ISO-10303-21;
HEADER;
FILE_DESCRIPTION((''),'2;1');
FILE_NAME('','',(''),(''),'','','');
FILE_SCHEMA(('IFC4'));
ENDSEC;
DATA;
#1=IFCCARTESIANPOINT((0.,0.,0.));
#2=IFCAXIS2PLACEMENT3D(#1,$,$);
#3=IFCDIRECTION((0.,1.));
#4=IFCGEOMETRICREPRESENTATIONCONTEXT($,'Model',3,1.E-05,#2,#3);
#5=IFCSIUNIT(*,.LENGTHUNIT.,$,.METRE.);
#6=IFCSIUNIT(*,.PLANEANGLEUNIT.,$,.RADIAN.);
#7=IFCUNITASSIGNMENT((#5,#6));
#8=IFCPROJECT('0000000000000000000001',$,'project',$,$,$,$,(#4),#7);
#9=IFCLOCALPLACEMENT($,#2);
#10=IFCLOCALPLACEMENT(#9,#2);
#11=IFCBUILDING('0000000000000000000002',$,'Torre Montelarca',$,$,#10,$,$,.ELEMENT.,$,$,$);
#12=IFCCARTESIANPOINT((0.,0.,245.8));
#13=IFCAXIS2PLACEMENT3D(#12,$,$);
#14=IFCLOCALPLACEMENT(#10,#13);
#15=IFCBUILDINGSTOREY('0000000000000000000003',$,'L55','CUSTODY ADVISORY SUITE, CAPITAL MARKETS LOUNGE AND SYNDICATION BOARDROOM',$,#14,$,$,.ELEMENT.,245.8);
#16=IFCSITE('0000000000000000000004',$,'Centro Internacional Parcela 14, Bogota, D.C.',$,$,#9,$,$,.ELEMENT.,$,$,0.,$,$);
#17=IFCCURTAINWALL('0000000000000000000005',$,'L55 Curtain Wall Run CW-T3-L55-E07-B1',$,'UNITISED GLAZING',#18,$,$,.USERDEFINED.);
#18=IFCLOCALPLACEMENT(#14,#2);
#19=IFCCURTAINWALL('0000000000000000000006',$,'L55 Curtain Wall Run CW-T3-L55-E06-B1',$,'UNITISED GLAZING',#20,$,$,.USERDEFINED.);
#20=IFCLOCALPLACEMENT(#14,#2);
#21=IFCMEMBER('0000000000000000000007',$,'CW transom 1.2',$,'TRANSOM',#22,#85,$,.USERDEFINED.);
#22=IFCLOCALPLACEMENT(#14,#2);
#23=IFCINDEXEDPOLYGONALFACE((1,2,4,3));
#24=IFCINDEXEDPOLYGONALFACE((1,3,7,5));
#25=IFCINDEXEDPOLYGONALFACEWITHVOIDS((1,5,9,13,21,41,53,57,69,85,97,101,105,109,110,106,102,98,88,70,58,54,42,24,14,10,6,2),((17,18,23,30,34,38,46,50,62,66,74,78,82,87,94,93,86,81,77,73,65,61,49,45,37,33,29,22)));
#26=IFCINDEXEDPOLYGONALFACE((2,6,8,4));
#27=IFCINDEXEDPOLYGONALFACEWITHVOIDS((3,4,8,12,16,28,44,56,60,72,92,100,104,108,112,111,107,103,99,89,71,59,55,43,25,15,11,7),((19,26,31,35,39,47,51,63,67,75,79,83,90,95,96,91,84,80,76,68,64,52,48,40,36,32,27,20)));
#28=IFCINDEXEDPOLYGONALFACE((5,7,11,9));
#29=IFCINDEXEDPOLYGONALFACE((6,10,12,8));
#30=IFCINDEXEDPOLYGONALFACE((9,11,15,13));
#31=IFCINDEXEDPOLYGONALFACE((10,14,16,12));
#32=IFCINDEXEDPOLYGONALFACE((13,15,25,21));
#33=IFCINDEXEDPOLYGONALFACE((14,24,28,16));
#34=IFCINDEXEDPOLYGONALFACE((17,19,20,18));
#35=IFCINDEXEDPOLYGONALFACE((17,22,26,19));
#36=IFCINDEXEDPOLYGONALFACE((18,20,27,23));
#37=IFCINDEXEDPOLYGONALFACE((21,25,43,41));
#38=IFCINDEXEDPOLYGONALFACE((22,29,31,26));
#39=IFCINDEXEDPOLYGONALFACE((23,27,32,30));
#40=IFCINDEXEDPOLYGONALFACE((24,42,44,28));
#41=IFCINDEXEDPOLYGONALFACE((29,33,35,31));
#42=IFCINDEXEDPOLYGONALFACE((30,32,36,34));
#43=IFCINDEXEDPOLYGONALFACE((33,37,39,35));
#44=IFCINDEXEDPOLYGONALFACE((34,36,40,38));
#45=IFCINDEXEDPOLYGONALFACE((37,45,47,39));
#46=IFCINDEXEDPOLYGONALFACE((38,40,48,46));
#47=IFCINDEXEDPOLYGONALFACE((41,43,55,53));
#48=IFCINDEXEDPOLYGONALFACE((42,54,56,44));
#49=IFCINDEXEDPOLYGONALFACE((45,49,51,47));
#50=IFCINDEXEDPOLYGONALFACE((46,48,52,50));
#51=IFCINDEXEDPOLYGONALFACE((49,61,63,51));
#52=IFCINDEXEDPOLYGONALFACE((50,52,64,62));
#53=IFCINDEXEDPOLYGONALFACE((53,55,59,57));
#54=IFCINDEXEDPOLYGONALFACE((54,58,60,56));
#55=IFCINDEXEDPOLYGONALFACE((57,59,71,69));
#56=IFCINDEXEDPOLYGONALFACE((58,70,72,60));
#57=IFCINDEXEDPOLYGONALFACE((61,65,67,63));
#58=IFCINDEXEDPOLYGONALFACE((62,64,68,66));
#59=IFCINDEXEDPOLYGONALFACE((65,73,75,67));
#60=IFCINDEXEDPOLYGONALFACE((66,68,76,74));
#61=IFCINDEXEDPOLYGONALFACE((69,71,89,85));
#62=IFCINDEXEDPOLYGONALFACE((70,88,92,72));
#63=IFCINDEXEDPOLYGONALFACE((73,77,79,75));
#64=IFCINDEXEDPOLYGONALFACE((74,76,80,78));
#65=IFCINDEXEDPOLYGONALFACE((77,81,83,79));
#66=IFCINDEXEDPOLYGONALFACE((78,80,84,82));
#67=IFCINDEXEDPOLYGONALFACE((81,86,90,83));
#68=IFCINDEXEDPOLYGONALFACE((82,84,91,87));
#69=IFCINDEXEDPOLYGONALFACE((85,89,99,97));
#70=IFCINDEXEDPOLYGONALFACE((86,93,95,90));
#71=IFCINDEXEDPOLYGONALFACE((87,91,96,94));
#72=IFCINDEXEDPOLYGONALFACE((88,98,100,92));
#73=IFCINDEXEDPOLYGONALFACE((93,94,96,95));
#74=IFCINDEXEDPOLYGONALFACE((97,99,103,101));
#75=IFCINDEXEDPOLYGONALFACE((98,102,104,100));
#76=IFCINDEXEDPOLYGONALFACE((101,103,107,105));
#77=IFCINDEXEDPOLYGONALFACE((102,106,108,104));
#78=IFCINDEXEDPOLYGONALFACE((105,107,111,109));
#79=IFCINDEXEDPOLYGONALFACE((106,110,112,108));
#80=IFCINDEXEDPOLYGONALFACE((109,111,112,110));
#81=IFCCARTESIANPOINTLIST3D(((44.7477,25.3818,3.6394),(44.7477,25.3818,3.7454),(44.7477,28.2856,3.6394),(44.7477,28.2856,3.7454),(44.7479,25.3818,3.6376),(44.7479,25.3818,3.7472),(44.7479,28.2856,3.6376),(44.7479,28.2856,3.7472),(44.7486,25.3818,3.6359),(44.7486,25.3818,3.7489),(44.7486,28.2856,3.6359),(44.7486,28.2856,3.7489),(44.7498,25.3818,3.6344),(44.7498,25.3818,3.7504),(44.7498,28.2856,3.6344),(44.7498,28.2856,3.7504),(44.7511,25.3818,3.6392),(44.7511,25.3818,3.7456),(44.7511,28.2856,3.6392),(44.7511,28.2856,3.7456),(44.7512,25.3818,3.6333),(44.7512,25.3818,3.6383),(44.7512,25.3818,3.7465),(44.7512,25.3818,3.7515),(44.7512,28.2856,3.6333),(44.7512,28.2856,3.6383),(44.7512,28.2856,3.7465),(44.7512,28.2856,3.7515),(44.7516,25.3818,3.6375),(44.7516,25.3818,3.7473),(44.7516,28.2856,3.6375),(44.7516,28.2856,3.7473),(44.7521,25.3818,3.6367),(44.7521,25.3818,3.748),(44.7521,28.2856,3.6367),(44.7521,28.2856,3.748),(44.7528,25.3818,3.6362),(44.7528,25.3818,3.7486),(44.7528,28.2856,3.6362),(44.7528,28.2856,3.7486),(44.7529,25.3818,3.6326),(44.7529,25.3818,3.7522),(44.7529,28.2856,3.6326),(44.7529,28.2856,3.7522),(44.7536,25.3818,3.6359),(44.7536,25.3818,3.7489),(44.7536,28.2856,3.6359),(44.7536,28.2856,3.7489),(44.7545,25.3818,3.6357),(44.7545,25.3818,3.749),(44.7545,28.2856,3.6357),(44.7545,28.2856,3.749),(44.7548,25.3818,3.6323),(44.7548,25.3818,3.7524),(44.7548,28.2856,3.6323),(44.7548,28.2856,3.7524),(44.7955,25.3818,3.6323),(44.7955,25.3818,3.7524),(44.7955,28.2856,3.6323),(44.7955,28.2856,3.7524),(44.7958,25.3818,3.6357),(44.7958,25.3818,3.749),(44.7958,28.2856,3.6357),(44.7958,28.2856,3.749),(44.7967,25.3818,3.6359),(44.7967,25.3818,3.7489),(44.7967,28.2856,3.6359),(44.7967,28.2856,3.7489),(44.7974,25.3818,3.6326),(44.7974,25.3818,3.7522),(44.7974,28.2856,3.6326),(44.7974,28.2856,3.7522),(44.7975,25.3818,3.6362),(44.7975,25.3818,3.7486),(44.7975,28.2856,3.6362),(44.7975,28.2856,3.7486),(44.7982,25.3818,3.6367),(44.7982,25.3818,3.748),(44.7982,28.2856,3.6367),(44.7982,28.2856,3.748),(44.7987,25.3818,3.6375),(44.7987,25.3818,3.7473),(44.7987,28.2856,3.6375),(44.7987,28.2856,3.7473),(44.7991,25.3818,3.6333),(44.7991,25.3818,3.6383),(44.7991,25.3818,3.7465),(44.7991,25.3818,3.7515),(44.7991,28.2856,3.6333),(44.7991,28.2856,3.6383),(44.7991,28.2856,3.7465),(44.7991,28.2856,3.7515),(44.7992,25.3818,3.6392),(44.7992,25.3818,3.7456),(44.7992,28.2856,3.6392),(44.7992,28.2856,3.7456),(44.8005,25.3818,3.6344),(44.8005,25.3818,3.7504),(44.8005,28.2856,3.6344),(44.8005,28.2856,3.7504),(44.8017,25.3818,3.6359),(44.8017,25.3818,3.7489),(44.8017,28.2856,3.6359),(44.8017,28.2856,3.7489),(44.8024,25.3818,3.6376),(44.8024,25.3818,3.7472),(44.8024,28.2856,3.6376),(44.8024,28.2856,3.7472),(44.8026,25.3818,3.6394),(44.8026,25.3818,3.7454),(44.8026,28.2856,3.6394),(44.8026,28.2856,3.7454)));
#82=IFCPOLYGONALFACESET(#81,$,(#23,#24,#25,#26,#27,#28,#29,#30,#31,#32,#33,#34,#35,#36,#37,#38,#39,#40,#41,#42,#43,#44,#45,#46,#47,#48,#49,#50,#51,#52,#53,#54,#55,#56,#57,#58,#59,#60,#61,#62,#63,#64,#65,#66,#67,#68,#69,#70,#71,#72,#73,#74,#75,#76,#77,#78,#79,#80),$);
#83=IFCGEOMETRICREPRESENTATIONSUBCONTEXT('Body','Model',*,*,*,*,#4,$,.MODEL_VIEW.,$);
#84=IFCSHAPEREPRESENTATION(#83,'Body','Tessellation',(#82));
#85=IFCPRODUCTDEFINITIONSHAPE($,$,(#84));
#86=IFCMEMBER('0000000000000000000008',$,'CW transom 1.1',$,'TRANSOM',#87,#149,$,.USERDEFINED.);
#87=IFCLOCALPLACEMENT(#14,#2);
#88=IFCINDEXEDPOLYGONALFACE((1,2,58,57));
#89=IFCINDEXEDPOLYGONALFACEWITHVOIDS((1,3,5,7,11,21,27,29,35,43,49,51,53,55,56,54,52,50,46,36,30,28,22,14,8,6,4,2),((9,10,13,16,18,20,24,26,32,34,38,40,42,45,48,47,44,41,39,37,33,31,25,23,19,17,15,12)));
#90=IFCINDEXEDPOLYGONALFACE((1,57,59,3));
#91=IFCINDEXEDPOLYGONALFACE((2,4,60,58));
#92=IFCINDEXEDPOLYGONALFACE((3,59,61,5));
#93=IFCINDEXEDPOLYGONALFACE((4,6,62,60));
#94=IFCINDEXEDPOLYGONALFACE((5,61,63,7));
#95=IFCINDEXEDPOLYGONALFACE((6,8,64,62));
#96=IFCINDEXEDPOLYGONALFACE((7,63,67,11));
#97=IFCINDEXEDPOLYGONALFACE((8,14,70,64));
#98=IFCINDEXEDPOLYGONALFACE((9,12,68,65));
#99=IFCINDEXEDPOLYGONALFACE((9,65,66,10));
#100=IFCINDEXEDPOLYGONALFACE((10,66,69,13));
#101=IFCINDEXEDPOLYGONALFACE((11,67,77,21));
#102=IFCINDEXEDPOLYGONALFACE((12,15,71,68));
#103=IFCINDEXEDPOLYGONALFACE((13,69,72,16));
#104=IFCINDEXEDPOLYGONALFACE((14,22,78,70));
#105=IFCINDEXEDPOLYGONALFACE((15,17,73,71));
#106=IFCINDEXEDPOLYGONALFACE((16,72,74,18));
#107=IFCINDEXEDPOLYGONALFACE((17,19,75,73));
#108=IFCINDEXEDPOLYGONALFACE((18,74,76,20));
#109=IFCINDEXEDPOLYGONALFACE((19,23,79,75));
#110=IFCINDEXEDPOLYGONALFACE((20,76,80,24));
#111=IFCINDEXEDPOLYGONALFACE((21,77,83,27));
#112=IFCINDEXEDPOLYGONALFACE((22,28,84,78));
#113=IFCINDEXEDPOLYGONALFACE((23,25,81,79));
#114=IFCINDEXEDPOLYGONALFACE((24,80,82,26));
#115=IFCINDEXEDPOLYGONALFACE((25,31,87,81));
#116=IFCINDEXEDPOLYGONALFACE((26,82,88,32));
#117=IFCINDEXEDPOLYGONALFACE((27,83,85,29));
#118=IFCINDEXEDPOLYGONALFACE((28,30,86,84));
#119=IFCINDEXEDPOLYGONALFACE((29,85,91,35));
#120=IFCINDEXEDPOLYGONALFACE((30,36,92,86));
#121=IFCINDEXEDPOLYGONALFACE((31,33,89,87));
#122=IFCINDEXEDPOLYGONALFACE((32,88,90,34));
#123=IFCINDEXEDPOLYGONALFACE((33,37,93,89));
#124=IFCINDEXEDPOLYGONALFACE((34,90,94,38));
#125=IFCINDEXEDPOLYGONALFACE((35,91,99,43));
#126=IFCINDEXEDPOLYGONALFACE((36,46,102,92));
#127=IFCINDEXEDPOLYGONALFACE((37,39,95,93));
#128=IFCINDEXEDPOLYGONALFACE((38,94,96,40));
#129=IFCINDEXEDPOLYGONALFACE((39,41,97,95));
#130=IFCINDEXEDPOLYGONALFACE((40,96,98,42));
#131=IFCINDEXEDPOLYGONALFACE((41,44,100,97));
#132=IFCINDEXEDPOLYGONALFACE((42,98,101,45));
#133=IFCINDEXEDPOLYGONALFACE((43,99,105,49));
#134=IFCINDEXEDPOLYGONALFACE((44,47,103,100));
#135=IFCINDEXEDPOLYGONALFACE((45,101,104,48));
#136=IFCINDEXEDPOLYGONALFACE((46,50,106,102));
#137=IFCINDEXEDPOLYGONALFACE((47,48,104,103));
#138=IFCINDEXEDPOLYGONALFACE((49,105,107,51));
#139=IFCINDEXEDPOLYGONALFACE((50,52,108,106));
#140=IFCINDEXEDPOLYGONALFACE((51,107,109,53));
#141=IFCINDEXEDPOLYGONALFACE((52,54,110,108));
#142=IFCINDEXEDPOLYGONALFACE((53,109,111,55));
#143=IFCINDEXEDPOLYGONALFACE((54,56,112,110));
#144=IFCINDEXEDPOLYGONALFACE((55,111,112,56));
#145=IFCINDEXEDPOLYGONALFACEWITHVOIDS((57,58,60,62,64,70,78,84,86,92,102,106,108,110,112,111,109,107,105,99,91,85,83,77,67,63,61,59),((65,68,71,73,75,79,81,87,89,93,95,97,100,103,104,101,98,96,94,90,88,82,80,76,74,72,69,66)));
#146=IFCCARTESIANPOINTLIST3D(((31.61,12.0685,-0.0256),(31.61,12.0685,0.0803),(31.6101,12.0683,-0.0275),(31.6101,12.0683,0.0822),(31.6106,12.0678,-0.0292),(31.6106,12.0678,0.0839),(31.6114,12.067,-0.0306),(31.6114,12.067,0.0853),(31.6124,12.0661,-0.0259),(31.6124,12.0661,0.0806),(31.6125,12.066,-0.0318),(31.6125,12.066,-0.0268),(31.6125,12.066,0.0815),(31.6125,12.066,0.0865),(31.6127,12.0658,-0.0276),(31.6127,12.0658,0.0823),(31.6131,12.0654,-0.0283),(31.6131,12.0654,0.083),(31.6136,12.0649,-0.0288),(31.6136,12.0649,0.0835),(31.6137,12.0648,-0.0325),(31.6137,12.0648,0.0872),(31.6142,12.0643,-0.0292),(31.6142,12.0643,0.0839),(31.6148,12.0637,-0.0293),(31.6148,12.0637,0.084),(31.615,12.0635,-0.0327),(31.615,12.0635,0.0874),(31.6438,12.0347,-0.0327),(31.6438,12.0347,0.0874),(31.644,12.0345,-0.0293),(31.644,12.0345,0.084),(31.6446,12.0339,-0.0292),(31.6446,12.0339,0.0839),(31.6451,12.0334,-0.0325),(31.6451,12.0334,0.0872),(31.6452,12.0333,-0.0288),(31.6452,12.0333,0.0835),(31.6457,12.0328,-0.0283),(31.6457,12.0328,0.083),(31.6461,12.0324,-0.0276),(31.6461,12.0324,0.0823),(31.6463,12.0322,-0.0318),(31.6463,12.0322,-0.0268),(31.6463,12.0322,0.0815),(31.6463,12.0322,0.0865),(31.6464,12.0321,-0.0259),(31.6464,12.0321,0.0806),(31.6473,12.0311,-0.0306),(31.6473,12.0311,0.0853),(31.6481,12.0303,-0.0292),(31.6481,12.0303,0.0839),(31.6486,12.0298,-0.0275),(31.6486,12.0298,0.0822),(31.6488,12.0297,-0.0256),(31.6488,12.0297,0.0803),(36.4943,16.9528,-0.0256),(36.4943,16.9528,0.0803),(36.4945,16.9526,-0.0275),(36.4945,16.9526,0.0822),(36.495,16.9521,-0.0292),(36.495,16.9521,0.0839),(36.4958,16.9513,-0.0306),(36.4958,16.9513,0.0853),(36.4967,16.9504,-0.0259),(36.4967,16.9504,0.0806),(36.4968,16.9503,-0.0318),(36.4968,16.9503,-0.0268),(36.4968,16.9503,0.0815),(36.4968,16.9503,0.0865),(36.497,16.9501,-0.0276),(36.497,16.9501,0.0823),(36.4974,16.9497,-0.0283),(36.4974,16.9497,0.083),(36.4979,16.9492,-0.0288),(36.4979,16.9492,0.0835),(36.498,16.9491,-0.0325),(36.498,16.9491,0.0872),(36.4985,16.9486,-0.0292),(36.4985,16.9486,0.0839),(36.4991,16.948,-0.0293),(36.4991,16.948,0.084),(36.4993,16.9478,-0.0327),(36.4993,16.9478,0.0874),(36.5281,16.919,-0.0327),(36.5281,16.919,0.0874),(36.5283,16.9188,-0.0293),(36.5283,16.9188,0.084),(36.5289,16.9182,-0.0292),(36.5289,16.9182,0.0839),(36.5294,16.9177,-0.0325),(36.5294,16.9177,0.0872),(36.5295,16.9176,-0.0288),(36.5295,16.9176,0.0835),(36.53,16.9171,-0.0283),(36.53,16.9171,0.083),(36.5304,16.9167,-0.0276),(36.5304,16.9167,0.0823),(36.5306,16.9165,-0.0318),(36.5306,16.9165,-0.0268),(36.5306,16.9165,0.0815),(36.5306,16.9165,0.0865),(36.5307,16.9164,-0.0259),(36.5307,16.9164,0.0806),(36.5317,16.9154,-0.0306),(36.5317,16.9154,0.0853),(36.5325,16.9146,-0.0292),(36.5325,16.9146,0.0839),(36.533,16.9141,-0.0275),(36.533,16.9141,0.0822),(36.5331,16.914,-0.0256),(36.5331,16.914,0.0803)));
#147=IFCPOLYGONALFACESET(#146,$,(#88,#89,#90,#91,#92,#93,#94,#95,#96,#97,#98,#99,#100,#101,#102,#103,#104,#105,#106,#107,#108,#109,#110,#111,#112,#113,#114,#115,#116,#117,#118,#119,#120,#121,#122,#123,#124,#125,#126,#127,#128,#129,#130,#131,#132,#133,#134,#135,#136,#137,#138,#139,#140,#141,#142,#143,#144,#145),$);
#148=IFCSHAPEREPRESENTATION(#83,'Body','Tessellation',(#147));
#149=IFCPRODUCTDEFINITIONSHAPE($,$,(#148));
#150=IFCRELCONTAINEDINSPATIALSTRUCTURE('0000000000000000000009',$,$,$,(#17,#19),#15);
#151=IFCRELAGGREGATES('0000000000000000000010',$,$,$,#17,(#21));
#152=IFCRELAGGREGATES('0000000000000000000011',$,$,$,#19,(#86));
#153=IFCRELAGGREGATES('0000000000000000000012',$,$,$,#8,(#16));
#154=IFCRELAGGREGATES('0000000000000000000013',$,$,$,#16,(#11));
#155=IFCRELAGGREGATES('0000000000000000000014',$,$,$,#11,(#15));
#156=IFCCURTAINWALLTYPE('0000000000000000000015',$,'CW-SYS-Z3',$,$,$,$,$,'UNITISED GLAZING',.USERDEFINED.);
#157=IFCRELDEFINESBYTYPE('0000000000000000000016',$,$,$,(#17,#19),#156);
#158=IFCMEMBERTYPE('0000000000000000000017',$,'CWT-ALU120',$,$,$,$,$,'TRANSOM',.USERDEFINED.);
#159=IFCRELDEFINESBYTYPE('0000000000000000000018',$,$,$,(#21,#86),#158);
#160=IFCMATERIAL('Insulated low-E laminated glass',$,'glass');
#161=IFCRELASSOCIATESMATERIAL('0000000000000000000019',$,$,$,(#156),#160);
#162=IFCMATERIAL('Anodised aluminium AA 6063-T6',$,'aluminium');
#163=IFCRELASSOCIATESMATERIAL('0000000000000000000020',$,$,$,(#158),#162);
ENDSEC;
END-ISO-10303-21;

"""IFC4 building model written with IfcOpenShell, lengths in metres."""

from ifc_helpers import new_model, si_unit, direction, frame, origin, origin_2d, place, context, subcontext, project, spatial, hollow_rectangle, extrude, source, transform, mapped, material, material_profile, profile_set, type_object, element, aggregate, save


model = new_model("IFC4")

# Units and contexts
model_context = context("Model", 3, precision=1e-05, world=origin(), true_north=direction((0.0, 1.0)))
body_context = subcontext(model_context, "Body", "Model", "MODEL_VIEW")
ifc_project = project(units=[si_unit("LENGTHUNIT", "METRE"), si_unit("PLANEANGLEUNIT", "RADIAN")], contexts=[model_context])

# Site, building, storey
site_placement = place(None, origin())
site = spatial("IfcSite", under=ifc_project, at=site_placement, Name="Centro Internacional Parcela 14, Bogota, D.C.", CompositionType="ELEMENT", RefElevation=0.0)
building_placement = place(site_placement, origin())
building = spatial("IfcBuilding", under=site, at=building_placement, Name="Torre Montelarca", CompositionType="ELEMENT")
storey_placement = place(building_placement, frame((0.0, 0.0, 245.8)))
storey = spatial("IfcBuildingStorey", under=building, at=storey_placement, Name="L55", Description="CUSTODY ADVISORY SUITE, CAPITAL MARKETS LOUNGE AND SYNDICATION BOARDROOM", CompositionType="ELEMENT", Elevation=245.8)

# Curtain walls
ifc_material_1 = material(Name="Insulated low-E laminated glass", Category="glass")
curtain_wall_type = type_object("IfcCurtainWallType", Name="CW-SYS-Z3", ElementType="UNITISED GLAZING", PredefinedType="USERDEFINED", material=ifc_material_1)
curtain_wall_1_placement = place(storey_placement, origin())
curtain_wall_1 = element("IfcCurtainWall", 1, at=curtain_wall_1_placement, inside=storey, type_object=curtain_wall_type, Name="L55 Curtain Wall Run CW-T3-L55-E07-B1", ObjectType="UNITISED GLAZING", PredefinedType="USERDEFINED")
ifc_material_2 = material(Name="Anodised aluminium AA 6063-T6", Category="aluminium")
ifc_material_profile_1 = material_profile(ifc_material_2, hollow_rectangle(XDim=0.0549, YDim=0.1201, WallThickness=0.0034, InnerFilletRadius=0.0034, OuterFilletRadius=0.0071, at=origin_2d()), Name="ALU55X120X3.5", Category="aluminium")
ifc_profile_set_1 = profile_set([ifc_material_profile_1], Name="Anodised aluminium AA 6063-T6")
member_type_1 = type_object("IfcMemberType", Name="CWT-ALU120", ElementType="TRANSOM", PredefinedType="USERDEFINED", material=ifc_profile_set_1)
curtain_wall_2_placement = place(storey_placement, origin())
curtain_wall_2 = element("IfcCurtainWall", 2, at=curtain_wall_2_placement, inside=storey, type_object=curtain_wall_type, Name="L55 Curtain Wall Run CW-T3-L55-E06-B1", ObjectType="UNITISED GLAZING", PredefinedType="USERDEFINED")

# Members
shared_shape_1 = source(origin(), body_context, "Body", "SweptSolid", [
    extrude(hollow_rectangle(XDim=0.0549, YDim=0.1201, WallThickness=0.0034, InnerFilletRadius=0.0034, OuterFilletRadius=0.0071, at=origin_2d()), origin(), (0.0, 0.0, 1.0), 2.9038),
])
member_1_placement = place(storey_placement, frame((44.7751, 25.3818, 3.6924), z_axis=(0.0, 1.0, 0.0), x_axis=(-1.0, 0.0, 0.0)))
member_1 = element("IfcMember", 3, at=member_1_placement, type_object=member_type_1, Name="CW transom 1.2", ObjectType="TRANSOM", PredefinedType="USERDEFINED", context=body_context, shape_type="MappedRepresentation", body=[
    mapped(shared_shape_1, transform((0.0, 0.0, 0.0), scale=1.0)),
])
shared_shape_2 = source(origin(), body_context, "Body", "SweptSolid", [
    extrude(hollow_rectangle(XDim=0.0549, YDim=0.1201, WallThickness=0.0034, InnerFilletRadius=0.0034, OuterFilletRadius=0.0071, at=origin_2d()), origin(), (0.0, 0.0, 1.0), 6.9075),
])
member_2_placement = place(storey_placement, frame((31.6294, 12.0491, 0.0273), z_axis=(0.707107, 0.707107, 0.0), x_axis=(-0.707107, 0.707107, 0.0)))
member_2 = element("IfcMember", 4, at=member_2_placement, type_object=member_type_1, Name="CW transom 1.1", ObjectType="TRANSOM", PredefinedType="USERDEFINED", context=body_context, shape_type="MappedRepresentation", body=[
    mapped(shared_shape_2, transform((0.0, 0.0, 0.0), scale=1.0)),
])

aggregate(curtain_wall_1, [member_1])
aggregate(curtain_wall_2, [member_2])

save(model, "model.ifc")
